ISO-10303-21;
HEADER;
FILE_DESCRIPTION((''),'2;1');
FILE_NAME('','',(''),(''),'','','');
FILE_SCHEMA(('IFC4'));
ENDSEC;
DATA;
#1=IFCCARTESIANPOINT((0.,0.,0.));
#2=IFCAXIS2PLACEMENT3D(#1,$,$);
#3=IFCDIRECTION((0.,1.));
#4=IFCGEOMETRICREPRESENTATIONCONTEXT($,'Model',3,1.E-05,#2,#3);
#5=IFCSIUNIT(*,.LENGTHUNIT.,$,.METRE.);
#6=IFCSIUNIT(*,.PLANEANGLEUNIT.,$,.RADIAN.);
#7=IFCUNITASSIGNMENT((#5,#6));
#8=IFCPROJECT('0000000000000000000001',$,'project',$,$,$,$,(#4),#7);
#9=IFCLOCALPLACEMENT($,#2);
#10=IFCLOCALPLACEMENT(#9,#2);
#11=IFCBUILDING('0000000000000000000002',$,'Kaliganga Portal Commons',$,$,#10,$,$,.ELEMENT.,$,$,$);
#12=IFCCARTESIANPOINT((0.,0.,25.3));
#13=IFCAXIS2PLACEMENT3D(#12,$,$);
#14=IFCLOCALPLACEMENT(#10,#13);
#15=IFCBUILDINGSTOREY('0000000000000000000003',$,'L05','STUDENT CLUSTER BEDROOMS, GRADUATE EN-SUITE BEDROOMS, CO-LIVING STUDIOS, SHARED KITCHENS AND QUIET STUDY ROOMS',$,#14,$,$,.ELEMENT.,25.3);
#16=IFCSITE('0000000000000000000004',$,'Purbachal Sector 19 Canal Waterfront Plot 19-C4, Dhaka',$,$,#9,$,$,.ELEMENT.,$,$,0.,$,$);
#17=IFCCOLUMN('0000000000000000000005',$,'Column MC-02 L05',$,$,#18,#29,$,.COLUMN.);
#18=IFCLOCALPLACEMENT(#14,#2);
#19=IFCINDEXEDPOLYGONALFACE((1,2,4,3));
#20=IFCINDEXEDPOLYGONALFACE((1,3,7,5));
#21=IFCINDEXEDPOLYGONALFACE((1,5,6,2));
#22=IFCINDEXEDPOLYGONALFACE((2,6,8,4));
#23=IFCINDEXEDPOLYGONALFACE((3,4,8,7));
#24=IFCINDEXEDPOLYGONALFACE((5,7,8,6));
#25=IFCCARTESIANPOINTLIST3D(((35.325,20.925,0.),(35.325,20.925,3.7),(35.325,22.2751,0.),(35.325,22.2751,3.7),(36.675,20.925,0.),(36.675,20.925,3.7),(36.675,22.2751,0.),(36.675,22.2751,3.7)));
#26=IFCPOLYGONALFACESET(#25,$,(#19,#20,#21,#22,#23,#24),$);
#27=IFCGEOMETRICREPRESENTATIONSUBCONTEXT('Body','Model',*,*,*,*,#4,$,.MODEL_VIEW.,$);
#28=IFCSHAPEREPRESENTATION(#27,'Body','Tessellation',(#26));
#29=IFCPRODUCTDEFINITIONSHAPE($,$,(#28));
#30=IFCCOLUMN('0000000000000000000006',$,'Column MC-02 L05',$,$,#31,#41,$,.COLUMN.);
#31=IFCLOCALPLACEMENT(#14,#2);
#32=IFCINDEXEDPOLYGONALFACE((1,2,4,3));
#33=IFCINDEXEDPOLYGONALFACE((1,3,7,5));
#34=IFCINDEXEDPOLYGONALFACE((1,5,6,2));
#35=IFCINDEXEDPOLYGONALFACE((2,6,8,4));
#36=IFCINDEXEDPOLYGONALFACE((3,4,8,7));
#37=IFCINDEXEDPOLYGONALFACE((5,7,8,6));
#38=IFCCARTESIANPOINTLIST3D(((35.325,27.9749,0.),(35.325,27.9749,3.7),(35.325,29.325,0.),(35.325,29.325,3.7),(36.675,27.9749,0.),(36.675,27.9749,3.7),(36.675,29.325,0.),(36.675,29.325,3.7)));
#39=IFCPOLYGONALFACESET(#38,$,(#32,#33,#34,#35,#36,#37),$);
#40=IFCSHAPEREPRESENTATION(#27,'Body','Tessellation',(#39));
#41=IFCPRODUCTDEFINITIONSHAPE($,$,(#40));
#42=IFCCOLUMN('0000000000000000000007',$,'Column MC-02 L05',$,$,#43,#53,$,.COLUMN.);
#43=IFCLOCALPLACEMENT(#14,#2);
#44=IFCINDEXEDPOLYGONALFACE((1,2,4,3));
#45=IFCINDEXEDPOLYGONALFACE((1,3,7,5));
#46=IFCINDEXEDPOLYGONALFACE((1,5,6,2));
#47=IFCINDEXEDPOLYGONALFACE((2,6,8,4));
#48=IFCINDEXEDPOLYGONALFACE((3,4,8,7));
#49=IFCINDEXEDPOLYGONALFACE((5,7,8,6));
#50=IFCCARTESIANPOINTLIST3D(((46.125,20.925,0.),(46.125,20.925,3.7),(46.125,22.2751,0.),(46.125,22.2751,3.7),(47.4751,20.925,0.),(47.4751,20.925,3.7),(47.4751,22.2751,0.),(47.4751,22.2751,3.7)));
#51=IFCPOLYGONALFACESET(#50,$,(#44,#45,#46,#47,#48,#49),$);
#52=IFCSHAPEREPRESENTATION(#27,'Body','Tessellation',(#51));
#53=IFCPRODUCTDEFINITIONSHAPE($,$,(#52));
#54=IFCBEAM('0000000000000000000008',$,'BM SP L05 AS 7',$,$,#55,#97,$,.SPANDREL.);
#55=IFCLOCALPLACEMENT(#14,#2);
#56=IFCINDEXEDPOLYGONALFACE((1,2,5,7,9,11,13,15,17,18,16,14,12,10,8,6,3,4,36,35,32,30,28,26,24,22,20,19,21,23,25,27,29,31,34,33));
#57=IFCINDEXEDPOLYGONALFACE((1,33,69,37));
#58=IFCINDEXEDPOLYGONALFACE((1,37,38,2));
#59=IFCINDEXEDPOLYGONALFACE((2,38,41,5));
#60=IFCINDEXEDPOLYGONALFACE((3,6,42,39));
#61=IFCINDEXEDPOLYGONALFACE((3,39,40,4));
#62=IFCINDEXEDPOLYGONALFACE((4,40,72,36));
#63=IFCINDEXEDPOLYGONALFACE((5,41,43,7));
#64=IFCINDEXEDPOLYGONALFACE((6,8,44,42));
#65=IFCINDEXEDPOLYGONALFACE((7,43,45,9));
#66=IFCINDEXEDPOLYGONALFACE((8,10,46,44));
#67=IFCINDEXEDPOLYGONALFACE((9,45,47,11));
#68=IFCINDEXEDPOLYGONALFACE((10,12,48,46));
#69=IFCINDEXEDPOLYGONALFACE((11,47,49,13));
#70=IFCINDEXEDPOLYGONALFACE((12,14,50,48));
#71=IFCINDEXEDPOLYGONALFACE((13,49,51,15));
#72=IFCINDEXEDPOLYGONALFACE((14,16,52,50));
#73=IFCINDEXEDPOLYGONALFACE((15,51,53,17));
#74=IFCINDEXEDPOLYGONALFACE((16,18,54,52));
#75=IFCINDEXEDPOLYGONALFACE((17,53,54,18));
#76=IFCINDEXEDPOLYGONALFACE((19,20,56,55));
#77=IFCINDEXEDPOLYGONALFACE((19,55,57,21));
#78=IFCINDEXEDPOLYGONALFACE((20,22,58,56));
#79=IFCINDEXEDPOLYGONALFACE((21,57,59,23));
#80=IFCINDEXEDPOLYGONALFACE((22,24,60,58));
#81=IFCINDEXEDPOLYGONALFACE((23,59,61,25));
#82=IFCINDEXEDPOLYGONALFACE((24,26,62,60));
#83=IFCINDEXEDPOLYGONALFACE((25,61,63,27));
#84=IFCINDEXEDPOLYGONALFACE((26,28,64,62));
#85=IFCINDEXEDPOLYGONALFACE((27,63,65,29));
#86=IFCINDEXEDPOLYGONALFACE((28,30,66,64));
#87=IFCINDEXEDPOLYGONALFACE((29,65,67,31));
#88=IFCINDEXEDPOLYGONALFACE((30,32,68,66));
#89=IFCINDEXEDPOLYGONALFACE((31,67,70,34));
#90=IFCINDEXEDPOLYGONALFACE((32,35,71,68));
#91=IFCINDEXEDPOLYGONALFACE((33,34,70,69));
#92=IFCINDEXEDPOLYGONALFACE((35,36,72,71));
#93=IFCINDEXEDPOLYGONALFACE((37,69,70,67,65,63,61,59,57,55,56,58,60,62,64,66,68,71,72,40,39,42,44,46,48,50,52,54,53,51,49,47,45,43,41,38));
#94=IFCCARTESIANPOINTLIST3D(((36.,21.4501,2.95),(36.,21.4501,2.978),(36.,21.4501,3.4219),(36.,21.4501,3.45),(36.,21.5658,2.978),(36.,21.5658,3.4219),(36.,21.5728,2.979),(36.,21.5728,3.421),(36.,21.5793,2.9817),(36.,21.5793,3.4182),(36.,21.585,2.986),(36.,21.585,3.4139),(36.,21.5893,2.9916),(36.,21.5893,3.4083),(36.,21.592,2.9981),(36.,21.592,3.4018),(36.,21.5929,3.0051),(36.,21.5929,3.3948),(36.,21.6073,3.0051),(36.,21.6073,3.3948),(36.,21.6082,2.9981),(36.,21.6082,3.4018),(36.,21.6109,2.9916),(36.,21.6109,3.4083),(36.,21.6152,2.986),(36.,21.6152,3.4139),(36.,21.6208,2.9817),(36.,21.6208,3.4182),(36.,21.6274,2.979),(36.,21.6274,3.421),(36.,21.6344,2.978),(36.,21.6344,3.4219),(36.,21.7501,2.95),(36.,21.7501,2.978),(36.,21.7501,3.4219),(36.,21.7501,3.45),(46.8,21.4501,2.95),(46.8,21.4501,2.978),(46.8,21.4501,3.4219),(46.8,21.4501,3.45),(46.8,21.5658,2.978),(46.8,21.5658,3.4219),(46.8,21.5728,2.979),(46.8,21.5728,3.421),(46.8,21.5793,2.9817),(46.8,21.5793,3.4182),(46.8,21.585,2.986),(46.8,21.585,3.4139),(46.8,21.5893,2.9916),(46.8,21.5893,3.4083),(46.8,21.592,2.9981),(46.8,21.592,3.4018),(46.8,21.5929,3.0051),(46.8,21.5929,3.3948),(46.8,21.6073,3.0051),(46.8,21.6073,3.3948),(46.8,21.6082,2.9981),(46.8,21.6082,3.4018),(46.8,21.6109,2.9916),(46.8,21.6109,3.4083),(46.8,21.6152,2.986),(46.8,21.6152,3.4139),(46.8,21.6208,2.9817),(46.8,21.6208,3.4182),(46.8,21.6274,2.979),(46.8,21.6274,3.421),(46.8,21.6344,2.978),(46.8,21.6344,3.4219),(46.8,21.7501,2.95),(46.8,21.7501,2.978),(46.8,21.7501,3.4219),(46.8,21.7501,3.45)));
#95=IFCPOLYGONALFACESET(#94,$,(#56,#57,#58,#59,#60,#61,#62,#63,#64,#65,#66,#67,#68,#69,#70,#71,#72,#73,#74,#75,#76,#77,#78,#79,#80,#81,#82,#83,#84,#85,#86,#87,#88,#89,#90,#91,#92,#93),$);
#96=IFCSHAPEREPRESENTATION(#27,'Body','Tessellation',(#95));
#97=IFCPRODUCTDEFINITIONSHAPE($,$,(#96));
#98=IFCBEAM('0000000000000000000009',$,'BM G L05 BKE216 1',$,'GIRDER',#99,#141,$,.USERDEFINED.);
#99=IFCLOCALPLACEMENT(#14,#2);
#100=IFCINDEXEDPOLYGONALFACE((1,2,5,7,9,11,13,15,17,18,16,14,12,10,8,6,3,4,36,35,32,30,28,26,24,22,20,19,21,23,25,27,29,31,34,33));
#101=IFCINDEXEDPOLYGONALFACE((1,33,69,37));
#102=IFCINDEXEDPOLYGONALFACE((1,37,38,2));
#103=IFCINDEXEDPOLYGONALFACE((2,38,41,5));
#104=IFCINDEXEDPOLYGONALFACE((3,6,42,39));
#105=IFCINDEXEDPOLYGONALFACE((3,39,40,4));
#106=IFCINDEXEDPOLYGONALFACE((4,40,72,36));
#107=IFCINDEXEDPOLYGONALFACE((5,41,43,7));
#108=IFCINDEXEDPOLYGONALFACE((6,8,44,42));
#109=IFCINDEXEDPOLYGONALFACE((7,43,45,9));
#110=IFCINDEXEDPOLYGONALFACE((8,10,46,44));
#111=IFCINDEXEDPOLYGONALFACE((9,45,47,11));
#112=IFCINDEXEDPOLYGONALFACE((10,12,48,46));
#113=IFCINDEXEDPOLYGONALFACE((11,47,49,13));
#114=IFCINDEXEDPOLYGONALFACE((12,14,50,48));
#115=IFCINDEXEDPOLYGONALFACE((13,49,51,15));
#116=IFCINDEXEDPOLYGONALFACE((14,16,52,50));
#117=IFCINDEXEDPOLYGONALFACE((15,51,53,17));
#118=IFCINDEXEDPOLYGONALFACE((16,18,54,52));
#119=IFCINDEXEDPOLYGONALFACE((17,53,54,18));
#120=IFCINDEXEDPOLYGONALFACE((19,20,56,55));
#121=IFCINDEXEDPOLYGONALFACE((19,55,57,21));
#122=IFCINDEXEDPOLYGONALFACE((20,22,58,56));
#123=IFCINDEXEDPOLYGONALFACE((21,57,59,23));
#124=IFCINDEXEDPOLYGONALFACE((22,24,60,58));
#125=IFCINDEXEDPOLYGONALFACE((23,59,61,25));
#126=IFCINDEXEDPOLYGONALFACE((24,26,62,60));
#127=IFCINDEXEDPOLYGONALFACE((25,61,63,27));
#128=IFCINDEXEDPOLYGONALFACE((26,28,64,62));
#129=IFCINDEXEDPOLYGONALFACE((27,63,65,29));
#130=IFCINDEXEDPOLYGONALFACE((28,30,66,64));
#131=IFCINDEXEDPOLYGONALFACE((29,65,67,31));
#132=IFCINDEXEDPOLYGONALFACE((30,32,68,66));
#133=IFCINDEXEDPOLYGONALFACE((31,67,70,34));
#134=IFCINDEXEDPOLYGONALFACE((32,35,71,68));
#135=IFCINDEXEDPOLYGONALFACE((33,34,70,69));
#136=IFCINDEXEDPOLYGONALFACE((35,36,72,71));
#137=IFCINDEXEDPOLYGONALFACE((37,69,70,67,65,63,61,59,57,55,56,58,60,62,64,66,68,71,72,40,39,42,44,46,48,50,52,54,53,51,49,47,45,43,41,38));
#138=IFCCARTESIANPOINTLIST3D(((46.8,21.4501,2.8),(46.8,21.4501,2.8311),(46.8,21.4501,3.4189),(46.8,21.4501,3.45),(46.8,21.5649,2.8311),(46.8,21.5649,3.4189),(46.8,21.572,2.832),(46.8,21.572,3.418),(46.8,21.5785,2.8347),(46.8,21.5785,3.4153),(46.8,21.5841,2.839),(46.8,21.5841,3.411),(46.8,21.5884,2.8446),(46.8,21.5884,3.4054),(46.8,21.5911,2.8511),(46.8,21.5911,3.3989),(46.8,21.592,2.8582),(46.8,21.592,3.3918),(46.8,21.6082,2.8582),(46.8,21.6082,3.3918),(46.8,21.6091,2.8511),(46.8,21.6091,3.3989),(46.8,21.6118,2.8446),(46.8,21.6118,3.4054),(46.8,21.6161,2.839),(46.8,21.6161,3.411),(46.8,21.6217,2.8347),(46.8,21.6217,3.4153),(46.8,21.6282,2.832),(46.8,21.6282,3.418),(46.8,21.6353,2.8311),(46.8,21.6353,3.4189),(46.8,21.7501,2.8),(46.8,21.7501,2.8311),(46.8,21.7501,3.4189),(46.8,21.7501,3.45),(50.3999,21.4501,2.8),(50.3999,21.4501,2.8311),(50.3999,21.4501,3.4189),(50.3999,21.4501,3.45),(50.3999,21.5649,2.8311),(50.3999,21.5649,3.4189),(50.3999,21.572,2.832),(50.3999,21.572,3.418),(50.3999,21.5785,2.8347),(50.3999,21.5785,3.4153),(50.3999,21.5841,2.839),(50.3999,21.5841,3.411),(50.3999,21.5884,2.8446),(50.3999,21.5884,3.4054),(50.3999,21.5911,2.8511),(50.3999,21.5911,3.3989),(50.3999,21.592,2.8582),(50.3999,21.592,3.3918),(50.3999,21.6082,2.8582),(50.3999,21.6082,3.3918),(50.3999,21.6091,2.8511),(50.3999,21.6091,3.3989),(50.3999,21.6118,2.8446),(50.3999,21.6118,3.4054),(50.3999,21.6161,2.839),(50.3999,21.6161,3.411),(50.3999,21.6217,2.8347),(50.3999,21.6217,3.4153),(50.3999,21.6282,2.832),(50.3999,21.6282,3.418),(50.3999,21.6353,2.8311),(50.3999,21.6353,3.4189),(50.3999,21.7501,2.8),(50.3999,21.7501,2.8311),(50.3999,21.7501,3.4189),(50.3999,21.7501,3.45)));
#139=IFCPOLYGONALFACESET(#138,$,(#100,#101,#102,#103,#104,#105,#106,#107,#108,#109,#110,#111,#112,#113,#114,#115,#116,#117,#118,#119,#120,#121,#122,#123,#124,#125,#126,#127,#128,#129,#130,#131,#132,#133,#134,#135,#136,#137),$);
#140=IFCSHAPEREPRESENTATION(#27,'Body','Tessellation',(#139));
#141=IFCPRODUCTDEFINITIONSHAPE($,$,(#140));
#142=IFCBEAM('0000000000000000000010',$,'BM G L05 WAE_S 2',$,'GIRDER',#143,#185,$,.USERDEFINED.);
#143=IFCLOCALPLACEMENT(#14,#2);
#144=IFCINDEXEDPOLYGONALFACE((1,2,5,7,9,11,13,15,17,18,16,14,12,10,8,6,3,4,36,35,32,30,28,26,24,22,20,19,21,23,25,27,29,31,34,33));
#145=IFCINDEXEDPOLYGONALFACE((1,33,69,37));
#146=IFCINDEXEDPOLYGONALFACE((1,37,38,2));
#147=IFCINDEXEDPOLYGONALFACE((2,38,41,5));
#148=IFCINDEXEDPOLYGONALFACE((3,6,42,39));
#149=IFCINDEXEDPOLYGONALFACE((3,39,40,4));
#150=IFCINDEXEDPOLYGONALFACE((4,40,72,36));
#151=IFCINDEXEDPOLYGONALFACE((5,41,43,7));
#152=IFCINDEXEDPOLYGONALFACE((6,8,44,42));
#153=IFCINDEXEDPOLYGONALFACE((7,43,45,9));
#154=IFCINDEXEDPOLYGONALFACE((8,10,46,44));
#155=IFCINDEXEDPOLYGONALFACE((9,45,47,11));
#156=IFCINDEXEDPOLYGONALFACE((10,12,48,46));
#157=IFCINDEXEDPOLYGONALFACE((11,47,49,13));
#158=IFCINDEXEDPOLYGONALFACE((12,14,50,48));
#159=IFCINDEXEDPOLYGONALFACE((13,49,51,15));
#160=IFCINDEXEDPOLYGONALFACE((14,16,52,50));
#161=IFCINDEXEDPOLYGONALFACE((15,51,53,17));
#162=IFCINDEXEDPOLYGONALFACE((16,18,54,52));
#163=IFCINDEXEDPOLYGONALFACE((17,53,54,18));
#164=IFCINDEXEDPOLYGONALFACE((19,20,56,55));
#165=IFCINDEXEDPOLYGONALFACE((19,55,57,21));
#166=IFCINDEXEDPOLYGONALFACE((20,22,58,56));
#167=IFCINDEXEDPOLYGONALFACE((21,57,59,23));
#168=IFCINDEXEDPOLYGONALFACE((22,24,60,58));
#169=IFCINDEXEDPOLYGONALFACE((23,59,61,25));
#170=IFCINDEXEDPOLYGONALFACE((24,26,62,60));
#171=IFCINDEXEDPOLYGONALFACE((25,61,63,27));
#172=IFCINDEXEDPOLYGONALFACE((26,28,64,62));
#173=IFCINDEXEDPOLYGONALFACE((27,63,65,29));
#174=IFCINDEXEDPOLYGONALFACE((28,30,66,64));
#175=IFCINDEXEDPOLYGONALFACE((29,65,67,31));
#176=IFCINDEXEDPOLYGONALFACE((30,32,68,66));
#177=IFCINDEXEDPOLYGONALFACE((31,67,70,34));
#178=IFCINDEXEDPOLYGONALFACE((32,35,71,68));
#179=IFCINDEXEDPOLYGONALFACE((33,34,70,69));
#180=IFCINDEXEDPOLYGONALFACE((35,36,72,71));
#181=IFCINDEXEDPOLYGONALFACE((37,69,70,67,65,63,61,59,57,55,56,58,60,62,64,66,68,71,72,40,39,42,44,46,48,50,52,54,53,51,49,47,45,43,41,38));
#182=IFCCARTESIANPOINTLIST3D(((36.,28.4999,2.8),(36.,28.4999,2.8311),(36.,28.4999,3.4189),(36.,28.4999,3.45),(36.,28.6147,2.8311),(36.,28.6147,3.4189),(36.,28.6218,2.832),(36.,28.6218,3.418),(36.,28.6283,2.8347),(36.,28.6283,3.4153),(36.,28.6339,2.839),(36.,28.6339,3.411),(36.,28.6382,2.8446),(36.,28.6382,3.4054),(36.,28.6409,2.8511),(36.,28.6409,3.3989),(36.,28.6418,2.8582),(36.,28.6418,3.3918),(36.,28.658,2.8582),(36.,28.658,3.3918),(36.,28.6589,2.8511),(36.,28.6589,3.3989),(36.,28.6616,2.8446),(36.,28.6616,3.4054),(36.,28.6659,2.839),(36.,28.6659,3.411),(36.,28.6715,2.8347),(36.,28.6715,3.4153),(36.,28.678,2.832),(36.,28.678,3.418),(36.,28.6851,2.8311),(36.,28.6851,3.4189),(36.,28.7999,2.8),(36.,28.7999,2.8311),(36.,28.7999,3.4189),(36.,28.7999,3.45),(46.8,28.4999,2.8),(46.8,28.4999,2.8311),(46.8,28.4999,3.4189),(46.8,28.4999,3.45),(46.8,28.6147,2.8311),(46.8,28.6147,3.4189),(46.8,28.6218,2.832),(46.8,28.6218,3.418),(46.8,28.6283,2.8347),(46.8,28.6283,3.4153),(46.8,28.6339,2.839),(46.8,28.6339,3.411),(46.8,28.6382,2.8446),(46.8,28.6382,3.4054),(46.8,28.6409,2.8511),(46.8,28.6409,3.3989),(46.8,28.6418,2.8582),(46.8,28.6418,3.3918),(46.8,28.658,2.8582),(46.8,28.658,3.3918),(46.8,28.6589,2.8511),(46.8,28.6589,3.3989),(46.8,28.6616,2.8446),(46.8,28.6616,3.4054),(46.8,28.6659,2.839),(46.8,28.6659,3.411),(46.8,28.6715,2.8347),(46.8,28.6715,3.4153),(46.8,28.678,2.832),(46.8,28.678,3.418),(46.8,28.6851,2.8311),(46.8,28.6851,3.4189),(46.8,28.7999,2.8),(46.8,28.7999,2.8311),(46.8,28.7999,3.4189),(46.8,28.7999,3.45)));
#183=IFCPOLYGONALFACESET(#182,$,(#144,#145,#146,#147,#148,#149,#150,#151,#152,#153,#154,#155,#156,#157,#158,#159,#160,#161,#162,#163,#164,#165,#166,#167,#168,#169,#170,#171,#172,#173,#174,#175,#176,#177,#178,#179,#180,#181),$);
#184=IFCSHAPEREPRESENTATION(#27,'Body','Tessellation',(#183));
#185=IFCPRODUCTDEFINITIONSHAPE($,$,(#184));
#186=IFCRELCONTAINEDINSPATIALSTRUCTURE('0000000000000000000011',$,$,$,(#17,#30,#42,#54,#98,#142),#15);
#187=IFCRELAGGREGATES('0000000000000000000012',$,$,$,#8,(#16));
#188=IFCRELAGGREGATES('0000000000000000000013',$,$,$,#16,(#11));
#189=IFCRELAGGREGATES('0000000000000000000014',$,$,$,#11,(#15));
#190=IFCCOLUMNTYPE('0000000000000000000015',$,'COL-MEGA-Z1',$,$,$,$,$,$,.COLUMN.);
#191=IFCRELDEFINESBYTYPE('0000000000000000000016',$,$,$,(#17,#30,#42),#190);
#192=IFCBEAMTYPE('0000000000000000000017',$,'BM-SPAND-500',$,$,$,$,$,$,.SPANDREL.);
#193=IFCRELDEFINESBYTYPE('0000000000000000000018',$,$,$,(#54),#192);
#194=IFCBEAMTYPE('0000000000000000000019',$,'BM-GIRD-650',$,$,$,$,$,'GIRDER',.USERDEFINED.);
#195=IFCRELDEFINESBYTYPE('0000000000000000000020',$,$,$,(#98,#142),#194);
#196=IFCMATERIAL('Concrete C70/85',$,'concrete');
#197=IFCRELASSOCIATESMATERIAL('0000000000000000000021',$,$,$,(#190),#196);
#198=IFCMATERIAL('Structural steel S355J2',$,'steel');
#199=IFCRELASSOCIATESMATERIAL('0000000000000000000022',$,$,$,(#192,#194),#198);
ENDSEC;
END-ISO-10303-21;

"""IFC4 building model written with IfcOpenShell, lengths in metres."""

from ifc_helpers import new_model, si_unit, direction, frame, origin, origin_2d, place, context, subcontext, project, spatial, rectangle, i_section, extrude, source, transform, mapped, material, material_profile, profile_set, type_object, element, save


model = new_model("IFC4")

# Units and contexts
model_context = context("Model", 3, precision=1e-05, world=origin(), true_north=direction((0.0, 1.0)))
body_context = subcontext(model_context, "Body", "Model", "MODEL_VIEW")
ifc_project = project(units=[si_unit("LENGTHUNIT", "METRE"), si_unit("PLANEANGLEUNIT", "RADIAN")], contexts=[model_context])

# Site, building, storey
site_placement = place(None, origin())
site = spatial("IfcSite", under=ifc_project, at=site_placement, Name="Purbachal Sector 19 Canal Waterfront Plot 19-C4, Dhaka", CompositionType="ELEMENT", RefElevation=0.0)
building_placement = place(site_placement, origin())
building = spatial("IfcBuilding", under=site, at=building_placement, Name="Kaliganga Portal Commons", CompositionType="ELEMENT")
storey_placement = place(building_placement, frame((0.0, 0.0, 25.3)))
storey = spatial("IfcBuildingStorey", under=building, at=storey_placement, Name="L05", Description="STUDENT CLUSTER BEDROOMS, GRADUATE EN-SUITE BEDROOMS, CO-LIVING STUDIOS, SHARED KITCHENS AND QUIET STUDY ROOMS", CompositionType="ELEMENT", Elevation=25.3)

# Columns
ifc_material_1 = material(Name="Concrete C70/85", Category="concrete")
ifc_material_profile_1 = material_profile(ifc_material_1, rectangle(XDim=1.3501, YDim=1.3501, at=origin_2d()), Name="RC 1350x1350")
ifc_profile_set_1 = profile_set([ifc_material_profile_1], Name="Concrete C70/85")
column_type = type_object("IfcColumnType", Name="COL-MEGA-Z1", PredefinedType="COLUMN", material=ifc_profile_set_1)
shared_shape_1 = source(origin(), body_context, "Body", "SweptSolid", [
    extrude(rectangle(XDim=1.3501, YDim=1.3501, at=origin_2d()), origin(), (0.0, 0.0, 1.0), 3.7),
])
for number, where, z_axis, x_axis, name in (
    (1, (36.0, 21.6001, 0.0), (0.0, 0.0, 1.0), (1.0, 0.0, 0.0), "Column MC-02 L05"),
    (2, (36.0, 28.6499, 0.0), (0.0, 0.0, 1.0), (1.0, 0.0, 0.0), "Column MC-02 L05"),
    (3, (46.8, 21.6001, 0.0), (0.0, 0.0, 1.0), (1.0, 0.0, 0.0), "Column MC-02 L05"),
):
    element("IfcColumn", number, at=place(storey_placement, frame(where, z_axis=z_axis, x_axis=x_axis)), inside=storey, type_object=column_type, Name=name, PredefinedType="COLUMN", context=body_context, shape_type="MappedRepresentation", body=[
        mapped(shared_shape_1, transform((0.0, 0.0, 0.0), x_axis=(1.0, 0.0, 0.0), y_axis=(0.0, 1.0, 0.0), z_axis=(0.0, 0.0, 1.0), scale=1.0)),
    ])

# Beams
ifc_material_2 = material(Name="Structural steel S355J2", Category="steel")
ifc_material_profile_2 = material_profile(ifc_material_2, i_section(OverallWidth=0.3, OverallDepth=0.5, WebThickness=0.0144, FlangeThickness=0.0281, FilletRadius=0.0271, at=origin_2d()), Name="HE 500 B")
ifc_profile_set_2 = profile_set([ifc_material_profile_2], Name="Structural steel S355J2 wide-flange")
beam_type_1 = type_object("IfcBeamType", Name="BM-SPAND-500", PredefinedType="SPANDREL", material=ifc_profile_set_2)
shared_shape_2 = source(origin(), body_context, "Body", "SweptSolid", [
    extrude(i_section(OverallWidth=0.3, OverallDepth=0.5, WebThickness=0.0144, FlangeThickness=0.0281, FilletRadius=0.0271, at=origin_2d()), origin(), (0.0, 0.0, 1.0), 10.8),
])
beam_1_placement = place(storey_placement, frame((36.0, 21.6001, 3.2), z_axis=(1.0, 0.0, 0.0), x_axis=(0.0, 1.0, 0.0)))
element("IfcBeam", 4, at=beam_1_placement, inside=storey, type_object=beam_type_1, Name="BM SP L05 AS 7", PredefinedType="SPANDREL", context=body_context, shape_type="MappedRepresentation", body=[
    mapped(shared_shape_2, transform((0.0, 0.0, 0.0), x_axis=(1.0, 0.0, 0.0), y_axis=(0.0, 1.0, 0.0), z_axis=(0.0, 0.0, 1.0), scale=1.0)),
])
ifc_material_profile_3 = material_profile(ifc_material_2, i_section(OverallWidth=0.3, OverallDepth=0.6499, WebThickness=0.0161, FlangeThickness=0.031, FilletRadius=0.0271, at=origin_2d()), Name="HE 650 B")
ifc_profile_set_3 = profile_set([ifc_material_profile_3], Name="Structural steel S355J2 wide-flange")
beam_type_2 = type_object("IfcBeamType", Name="BM-GIRD-650", ElementType="GIRDER", PredefinedType="USERDEFINED", material=ifc_profile_set_3)
shared_shape_3 = source(origin(), body_context, "Body", "SweptSolid", [
    extrude(i_section(OverallWidth=0.3, OverallDepth=0.6499, WebThickness=0.0161, FlangeThickness=0.031, FilletRadius=0.0271, at=origin_2d()), origin(), (0.0, 0.0, 1.0), 3.5999),
])
beam_2_placement = place(storey_placement, frame((46.8, 21.6001, 3.125), z_axis=(1.0, 0.0, 0.0), x_axis=(0.0, 1.0, 0.0)))
element("IfcBeam", 5, at=beam_2_placement, inside=storey, type_object=beam_type_2, Name="BM G L05 BKE216 1", ObjectType="GIRDER", PredefinedType="USERDEFINED", context=body_context, shape_type="MappedRepresentation", body=[
    mapped(shared_shape_3, transform((0.0, 0.0, 0.0), x_axis=(1.0, 0.0, 0.0), y_axis=(0.0, 1.0, 0.0), z_axis=(0.0, 0.0, 1.0), scale=1.0)),
])
shared_shape_4 = source(origin(), body_context, "Body", "SweptSolid", [
    extrude(i_section(OverallWidth=0.3, OverallDepth=0.6499, WebThickness=0.0161, FlangeThickness=0.031, FilletRadius=0.0271, at=origin_2d()), origin(), (0.0, 0.0, 1.0), 10.8),
])
beam_3_placement = place(storey_placement, frame((36.0, 28.6499, 3.125), z_axis=(1.0, 0.0, 0.0), x_axis=(0.0, 1.0, 0.0)))
element("IfcBeam", 6, at=beam_3_placement, inside=storey, type_object=beam_type_2, Name="BM G L05 WAE_S 2", ObjectType="GIRDER", PredefinedType="USERDEFINED", context=body_context, shape_type="MappedRepresentation", body=[
    mapped(shared_shape_4, transform((0.0, 0.0, 0.0), x_axis=(1.0, 0.0, 0.0), y_axis=(0.0, 1.0, 0.0), z_axis=(0.0, 0.0, 1.0), scale=1.0)),
])

save(model, "model.ifc")
